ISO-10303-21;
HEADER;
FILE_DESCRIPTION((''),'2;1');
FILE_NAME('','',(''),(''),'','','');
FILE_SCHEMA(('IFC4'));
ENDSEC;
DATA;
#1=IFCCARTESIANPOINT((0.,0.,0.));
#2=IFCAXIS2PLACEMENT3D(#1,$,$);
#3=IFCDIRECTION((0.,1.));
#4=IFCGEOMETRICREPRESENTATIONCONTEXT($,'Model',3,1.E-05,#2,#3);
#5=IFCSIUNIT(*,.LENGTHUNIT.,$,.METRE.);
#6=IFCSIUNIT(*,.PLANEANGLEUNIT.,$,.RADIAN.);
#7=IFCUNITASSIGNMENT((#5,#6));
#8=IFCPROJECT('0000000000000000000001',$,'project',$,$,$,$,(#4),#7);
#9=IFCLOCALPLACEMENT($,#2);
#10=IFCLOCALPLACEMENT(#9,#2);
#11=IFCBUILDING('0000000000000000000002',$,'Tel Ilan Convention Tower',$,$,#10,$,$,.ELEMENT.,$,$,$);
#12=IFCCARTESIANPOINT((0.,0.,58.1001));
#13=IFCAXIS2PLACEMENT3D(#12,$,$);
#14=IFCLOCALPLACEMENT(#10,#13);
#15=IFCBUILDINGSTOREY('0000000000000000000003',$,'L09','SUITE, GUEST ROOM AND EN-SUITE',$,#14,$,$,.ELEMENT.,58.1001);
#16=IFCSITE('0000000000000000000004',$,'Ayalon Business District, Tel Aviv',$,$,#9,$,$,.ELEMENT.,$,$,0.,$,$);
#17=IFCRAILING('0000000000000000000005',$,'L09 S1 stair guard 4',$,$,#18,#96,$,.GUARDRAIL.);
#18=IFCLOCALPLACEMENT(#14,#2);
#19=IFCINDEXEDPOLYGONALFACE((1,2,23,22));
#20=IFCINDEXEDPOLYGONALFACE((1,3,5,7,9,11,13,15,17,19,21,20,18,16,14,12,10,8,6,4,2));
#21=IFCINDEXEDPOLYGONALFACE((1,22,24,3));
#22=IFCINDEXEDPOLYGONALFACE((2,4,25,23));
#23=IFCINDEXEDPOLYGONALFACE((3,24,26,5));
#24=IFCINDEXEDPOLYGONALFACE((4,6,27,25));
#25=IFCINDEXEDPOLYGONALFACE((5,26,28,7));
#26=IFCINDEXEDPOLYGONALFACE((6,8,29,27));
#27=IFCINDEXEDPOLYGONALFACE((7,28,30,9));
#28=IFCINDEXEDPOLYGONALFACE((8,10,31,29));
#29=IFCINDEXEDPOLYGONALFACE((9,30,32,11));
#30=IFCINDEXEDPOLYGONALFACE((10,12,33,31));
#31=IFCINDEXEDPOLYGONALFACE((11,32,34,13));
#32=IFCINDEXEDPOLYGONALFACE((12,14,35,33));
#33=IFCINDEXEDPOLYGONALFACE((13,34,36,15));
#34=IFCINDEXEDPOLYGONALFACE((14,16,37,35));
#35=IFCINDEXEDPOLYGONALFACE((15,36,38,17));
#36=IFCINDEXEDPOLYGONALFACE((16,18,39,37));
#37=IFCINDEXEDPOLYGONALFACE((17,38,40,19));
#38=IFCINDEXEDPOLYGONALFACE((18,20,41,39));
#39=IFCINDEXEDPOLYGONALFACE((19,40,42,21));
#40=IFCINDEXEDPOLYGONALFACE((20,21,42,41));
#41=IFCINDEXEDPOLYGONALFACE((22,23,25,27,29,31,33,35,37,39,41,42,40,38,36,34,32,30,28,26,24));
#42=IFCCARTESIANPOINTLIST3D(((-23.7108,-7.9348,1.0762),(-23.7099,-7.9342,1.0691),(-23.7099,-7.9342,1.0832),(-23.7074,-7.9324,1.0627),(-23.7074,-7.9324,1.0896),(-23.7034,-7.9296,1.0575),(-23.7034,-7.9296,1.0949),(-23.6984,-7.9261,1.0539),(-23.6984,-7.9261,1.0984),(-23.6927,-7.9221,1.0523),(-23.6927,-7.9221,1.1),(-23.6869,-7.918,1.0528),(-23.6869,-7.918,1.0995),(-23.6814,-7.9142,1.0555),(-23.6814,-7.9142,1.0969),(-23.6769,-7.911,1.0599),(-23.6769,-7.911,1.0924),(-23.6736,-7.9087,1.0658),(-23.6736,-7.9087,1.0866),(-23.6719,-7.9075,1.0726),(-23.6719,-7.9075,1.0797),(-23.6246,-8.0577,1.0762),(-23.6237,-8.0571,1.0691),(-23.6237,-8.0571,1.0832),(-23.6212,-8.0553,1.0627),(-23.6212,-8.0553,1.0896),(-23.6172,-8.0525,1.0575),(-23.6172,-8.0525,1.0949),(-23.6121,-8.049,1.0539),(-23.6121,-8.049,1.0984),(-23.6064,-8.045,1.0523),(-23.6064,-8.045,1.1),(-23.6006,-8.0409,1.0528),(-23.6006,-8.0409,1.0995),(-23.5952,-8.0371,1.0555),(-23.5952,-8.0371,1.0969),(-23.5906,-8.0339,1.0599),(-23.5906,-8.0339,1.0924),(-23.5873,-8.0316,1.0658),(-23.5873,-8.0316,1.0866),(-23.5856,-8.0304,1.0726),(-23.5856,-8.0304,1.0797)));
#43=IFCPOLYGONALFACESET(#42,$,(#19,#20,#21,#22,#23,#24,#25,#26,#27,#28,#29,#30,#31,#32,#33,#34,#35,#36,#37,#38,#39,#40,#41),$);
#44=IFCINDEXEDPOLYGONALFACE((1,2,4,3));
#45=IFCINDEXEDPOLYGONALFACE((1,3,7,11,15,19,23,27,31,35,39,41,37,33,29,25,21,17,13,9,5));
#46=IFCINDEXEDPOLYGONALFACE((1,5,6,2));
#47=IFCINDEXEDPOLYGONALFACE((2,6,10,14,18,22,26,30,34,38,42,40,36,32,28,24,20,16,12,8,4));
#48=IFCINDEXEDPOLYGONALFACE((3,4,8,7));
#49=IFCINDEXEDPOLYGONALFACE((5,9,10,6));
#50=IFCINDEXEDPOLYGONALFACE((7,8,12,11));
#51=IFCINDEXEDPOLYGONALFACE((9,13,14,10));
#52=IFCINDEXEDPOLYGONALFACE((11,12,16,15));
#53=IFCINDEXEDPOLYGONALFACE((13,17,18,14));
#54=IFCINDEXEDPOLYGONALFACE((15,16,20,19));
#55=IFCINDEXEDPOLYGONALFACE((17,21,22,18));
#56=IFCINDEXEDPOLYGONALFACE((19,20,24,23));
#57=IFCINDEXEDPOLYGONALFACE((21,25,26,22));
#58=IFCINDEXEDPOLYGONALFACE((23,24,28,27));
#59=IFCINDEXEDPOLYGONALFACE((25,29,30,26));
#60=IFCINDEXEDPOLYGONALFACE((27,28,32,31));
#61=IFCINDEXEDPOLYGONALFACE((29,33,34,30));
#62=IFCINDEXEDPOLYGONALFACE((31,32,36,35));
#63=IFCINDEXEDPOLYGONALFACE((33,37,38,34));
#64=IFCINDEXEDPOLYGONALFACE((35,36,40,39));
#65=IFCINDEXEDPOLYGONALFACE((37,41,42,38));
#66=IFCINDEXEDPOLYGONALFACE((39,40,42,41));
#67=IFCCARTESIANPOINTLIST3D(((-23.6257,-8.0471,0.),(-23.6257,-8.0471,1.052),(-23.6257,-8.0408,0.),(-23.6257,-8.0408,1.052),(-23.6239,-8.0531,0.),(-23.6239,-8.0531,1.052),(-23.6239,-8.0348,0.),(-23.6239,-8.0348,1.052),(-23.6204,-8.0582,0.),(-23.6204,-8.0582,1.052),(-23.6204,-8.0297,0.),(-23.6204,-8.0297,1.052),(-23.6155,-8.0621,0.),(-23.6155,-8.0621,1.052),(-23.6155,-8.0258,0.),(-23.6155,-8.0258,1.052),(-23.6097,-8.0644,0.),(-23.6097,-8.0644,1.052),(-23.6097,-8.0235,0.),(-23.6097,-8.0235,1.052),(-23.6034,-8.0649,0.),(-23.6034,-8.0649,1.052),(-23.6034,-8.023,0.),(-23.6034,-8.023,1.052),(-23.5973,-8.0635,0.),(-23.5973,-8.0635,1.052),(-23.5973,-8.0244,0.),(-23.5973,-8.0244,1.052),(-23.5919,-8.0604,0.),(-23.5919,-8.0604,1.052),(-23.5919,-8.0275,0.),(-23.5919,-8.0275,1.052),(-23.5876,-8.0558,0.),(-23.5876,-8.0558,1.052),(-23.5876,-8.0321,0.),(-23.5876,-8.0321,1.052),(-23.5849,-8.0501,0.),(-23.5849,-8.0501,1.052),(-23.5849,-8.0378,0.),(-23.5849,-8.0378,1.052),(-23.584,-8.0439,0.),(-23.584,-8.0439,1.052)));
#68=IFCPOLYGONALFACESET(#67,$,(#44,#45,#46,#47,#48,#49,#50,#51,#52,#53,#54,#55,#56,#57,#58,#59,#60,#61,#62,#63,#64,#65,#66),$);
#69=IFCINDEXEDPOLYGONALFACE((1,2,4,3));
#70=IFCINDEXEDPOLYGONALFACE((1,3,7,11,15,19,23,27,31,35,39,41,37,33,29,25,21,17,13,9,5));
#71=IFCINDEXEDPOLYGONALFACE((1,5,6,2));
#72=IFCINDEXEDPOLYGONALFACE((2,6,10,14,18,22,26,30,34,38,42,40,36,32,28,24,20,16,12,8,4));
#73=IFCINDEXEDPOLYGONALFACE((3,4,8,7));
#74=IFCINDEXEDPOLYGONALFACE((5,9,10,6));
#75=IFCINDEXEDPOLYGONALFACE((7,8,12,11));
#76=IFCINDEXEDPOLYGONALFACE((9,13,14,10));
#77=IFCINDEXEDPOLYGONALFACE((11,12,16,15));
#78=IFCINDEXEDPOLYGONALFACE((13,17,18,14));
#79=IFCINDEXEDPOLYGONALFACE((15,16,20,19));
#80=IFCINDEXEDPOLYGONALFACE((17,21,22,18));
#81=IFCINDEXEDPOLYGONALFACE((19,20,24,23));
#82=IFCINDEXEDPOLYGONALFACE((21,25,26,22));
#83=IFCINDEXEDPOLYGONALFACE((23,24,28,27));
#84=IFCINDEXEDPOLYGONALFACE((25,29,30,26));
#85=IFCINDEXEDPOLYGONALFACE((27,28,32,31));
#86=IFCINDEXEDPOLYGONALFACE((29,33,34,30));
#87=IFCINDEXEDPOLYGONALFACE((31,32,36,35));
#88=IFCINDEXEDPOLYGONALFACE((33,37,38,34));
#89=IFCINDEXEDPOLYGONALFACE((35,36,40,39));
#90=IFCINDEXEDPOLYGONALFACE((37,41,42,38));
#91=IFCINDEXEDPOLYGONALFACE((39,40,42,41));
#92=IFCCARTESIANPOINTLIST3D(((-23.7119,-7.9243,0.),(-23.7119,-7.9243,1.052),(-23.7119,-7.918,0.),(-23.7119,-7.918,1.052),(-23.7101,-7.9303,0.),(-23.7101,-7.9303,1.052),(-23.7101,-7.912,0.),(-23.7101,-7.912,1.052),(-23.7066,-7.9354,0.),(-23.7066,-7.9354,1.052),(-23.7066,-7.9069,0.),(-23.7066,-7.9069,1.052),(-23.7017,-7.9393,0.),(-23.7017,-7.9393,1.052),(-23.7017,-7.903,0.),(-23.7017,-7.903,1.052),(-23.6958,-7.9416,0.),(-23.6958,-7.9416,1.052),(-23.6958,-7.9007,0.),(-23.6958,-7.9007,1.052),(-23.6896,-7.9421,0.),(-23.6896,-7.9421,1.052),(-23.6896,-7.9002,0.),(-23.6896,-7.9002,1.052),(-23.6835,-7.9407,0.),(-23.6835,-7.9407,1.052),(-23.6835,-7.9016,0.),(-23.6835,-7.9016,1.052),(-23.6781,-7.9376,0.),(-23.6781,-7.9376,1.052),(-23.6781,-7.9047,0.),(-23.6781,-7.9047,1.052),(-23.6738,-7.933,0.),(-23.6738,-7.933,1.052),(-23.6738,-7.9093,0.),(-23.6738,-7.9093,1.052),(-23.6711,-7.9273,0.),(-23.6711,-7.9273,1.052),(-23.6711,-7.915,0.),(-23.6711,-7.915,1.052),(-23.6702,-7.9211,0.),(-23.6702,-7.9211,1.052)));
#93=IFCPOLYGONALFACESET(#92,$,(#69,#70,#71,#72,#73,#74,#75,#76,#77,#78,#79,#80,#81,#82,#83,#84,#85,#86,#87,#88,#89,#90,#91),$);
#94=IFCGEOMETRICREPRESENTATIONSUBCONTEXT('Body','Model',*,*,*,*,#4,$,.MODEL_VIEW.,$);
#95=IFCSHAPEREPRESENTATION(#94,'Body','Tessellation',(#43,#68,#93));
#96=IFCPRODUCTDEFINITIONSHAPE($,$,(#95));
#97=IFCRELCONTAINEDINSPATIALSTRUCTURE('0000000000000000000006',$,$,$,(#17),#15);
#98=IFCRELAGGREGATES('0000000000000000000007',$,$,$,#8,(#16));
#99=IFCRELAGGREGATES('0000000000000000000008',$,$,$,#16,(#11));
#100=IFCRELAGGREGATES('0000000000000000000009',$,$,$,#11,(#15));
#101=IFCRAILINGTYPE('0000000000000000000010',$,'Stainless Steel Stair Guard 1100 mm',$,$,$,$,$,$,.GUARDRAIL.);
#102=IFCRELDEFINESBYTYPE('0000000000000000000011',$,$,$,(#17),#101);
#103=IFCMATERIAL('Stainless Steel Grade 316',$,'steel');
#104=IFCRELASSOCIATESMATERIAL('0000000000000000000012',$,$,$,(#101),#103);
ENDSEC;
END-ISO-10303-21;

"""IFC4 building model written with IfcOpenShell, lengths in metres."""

from ifc_helpers import new_model, si_unit, direction, frame, origin, origin_2d, place, context, subcontext, project, spatial, circle, extrude, material, type_object, element, save


model = new_model("IFC4")

# Units and contexts
model_context = context("Model", 3, precision=1e-05, world=origin(), true_north=direction((0.0, 1.0)))
body_context = subcontext(model_context, "Body", "Model", "MODEL_VIEW")
ifc_project = project(units=[si_unit("LENGTHUNIT", "METRE"), si_unit("PLANEANGLEUNIT", "RADIAN")], contexts=[model_context])

# Site, building, storey
site_placement = place(None, origin())
site = spatial("IfcSite", under=ifc_project, at=site_placement, Name="Ayalon Business District, Tel Aviv", CompositionType="ELEMENT", RefElevation=0.0)
building_placement = place(site_placement, origin())
building = spatial("IfcBuilding", under=site, at=building_placement, Name="Tel Ilan Convention Tower", CompositionType="ELEMENT")
storey_placement = place(building_placement, frame((0.0, 0.0, 58.1001)))
storey = spatial("IfcBuildingStorey", under=building, at=storey_placement, Name="L09", Description="SUITE, GUEST ROOM AND EN-SUITE", CompositionType="ELEMENT", Elevation=58.1001)

# Railing
ifc_material_1 = material(Name="Stainless Steel Grade 316", Category="steel")
railing_type_1 = type_object("IfcRailingType", Name="Stainless Steel Stair Guard 1100 mm", PredefinedType="GUARDRAIL", material=ifc_material_1)
railing_1_placement = place(storey_placement, frame((-23.605, -8.0439, 0.0)))
element("IfcRailing", 1, at=railing_1_placement, inside=storey, type_object=railing_type_1, Name="L09 S1 stair guard 4", PredefinedType="GUARDRAIL", context=body_context, shape_type="SweptSolid", body=[
    extrude(circle(Radius=0.0239, at=origin_2d()), frame((0.0, 0.0, 1.0762), z_axis=(-0.574445, 0.818543, 0.0), x_axis=(-0.818543, -0.574445, 0.0)), (0.0, 0.0, 1.0), 0.1501),
    extrude(circle(Radius=0.021, at=origin_2d()), origin(), (0.0, 0.0, 1.0), 1.052),
    extrude(circle(Radius=0.021, at=origin_2d()), frame((-0.0862, 0.1228, 0.0)), (0.0, 0.0, 1.0), 1.052),
])

save(model, "model.ifc")
